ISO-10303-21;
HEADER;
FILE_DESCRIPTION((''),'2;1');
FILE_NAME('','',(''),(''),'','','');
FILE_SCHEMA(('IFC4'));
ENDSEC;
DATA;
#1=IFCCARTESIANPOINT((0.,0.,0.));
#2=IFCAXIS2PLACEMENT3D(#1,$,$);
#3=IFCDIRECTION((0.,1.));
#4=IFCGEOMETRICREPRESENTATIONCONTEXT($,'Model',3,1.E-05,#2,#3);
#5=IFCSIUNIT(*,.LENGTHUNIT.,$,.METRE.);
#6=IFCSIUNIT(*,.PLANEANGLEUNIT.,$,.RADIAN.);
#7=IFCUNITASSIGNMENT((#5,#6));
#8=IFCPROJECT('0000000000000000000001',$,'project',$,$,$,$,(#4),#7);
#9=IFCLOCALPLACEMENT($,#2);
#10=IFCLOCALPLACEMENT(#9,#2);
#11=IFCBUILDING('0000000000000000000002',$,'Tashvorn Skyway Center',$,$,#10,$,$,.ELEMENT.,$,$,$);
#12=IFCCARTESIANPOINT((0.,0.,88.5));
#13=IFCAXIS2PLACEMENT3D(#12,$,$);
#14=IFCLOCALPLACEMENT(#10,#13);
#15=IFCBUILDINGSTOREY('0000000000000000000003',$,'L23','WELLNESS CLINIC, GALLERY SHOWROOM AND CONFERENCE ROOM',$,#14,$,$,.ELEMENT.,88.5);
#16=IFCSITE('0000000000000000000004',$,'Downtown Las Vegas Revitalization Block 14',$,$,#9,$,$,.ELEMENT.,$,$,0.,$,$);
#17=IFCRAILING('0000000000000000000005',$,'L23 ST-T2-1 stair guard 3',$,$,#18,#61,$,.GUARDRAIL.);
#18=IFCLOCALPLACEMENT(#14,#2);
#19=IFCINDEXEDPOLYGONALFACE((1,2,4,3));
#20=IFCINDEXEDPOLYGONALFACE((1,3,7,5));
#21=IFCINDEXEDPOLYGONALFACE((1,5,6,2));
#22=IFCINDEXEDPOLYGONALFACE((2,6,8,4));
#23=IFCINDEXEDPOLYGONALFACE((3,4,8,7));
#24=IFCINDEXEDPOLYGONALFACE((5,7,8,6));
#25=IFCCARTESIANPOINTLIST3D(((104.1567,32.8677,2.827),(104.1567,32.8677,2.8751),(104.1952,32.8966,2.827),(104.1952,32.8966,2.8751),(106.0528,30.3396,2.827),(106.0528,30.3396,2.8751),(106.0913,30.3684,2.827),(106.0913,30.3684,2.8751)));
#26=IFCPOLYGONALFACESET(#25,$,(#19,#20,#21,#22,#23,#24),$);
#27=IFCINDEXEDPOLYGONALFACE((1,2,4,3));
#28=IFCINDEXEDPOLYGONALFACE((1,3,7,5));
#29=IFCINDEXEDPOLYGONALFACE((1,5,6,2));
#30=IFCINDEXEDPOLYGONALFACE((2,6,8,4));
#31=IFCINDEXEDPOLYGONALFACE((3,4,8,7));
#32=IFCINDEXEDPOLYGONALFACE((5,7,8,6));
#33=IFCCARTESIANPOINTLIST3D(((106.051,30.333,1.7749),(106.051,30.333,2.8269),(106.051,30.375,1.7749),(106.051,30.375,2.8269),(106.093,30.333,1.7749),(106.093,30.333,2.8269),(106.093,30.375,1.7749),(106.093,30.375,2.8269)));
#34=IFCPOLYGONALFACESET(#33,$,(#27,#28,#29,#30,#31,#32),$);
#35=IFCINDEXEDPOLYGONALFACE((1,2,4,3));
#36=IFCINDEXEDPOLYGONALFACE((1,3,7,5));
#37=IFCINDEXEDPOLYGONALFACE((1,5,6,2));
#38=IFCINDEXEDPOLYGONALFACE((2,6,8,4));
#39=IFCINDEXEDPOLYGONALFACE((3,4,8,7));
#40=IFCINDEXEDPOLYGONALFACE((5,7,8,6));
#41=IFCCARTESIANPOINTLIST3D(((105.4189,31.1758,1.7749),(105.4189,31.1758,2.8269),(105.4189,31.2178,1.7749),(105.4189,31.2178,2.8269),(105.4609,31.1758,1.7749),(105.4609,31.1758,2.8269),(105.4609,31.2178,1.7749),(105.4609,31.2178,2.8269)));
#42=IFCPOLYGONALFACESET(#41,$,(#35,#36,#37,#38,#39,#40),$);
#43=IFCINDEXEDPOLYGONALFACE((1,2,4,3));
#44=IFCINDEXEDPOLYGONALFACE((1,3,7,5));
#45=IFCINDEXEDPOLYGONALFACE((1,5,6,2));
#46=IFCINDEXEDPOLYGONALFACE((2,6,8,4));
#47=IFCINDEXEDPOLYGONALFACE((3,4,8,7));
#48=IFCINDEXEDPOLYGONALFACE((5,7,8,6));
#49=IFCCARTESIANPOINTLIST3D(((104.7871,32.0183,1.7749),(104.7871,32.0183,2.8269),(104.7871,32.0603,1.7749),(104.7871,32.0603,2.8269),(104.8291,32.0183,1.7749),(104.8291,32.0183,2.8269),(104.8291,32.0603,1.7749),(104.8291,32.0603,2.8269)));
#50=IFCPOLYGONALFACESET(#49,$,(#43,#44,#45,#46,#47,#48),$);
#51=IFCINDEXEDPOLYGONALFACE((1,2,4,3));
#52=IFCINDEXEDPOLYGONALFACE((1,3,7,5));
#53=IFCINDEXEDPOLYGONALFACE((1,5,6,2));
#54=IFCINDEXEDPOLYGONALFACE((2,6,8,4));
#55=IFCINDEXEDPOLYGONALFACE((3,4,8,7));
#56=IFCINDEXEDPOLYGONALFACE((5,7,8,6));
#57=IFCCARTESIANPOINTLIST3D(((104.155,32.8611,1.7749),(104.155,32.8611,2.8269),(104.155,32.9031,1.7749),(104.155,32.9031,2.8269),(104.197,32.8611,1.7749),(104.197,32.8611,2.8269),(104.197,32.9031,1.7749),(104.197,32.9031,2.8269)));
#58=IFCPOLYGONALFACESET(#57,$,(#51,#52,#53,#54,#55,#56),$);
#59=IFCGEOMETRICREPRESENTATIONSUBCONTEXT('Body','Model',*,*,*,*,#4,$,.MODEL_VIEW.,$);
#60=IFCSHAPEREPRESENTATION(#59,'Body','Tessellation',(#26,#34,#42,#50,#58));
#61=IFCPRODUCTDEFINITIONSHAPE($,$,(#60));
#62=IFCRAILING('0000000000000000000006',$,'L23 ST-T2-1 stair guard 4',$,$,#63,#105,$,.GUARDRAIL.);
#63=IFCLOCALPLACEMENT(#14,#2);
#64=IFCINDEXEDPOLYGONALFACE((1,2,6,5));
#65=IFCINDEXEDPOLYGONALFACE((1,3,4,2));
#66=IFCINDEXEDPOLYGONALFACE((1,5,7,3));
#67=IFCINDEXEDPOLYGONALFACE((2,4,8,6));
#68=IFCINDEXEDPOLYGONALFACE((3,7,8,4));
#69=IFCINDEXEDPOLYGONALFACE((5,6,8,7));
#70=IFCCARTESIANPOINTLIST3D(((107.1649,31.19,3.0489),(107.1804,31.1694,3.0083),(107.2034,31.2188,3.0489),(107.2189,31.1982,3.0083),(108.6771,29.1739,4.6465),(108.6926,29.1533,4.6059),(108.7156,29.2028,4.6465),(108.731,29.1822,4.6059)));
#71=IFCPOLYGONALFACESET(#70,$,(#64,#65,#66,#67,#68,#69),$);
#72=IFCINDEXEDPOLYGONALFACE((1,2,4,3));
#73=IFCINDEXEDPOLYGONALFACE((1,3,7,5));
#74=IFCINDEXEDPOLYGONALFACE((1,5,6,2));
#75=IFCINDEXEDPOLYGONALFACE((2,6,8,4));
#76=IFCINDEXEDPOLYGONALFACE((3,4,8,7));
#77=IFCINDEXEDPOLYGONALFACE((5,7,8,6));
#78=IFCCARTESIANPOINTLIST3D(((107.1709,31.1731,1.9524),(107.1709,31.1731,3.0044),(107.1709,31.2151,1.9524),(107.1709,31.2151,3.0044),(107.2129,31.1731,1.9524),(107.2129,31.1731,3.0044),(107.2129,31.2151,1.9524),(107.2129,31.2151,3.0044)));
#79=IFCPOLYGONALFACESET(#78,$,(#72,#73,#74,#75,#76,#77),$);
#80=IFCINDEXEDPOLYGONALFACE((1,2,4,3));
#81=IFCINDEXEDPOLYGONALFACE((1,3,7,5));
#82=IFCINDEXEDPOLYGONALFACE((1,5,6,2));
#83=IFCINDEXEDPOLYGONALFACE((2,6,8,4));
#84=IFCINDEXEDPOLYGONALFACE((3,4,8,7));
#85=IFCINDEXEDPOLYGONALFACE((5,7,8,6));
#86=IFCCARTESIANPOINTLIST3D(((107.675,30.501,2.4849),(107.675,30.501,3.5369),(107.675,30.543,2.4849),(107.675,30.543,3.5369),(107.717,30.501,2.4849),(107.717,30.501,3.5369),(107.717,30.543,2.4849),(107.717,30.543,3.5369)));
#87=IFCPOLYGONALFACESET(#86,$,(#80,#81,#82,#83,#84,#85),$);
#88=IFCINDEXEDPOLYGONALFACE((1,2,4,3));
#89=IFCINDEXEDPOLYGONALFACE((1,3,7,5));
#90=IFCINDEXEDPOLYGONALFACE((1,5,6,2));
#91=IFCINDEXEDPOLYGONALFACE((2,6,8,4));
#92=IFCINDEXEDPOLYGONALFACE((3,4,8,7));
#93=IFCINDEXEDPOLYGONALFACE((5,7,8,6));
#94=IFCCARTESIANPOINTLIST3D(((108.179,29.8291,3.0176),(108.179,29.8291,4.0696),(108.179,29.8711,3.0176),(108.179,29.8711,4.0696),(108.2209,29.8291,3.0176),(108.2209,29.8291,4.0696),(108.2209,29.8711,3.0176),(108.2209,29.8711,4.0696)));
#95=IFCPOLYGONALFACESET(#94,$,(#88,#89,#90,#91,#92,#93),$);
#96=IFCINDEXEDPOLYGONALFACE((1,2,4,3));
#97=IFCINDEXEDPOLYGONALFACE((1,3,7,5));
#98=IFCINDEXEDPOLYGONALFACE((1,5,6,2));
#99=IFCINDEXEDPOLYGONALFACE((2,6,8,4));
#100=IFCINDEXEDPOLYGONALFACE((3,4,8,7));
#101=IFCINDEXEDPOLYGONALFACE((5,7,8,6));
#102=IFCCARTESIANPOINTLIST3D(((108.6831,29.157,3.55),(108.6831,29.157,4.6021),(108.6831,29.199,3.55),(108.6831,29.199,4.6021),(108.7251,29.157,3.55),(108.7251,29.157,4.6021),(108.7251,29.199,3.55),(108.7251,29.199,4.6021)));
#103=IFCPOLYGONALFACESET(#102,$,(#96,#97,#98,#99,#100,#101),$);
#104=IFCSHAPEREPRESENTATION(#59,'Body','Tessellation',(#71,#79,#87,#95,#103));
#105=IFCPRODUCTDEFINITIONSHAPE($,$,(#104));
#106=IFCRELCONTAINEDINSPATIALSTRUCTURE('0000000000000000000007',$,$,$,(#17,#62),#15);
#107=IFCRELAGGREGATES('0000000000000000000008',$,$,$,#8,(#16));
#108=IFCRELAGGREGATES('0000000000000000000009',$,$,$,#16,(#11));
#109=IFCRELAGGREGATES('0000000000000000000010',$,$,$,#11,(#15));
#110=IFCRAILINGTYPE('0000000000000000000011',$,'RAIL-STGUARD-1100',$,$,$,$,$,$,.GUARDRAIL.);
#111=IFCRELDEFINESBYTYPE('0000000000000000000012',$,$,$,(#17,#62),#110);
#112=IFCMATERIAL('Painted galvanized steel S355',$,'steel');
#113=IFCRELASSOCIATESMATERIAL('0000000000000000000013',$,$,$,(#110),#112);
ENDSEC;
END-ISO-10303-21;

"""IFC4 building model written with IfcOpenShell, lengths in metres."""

from ifc_helpers import new_model, si_unit, direction, frame, origin, origin_2d, place, context, subcontext, project, spatial, rectangle, extrude, material, type_object, element, save


model = new_model("IFC4")

# Units and contexts
model_context = context("Model", 3, precision=1e-05, world=origin(), true_north=direction((0.0, 1.0)))
body_context = subcontext(model_context, "Body", "Model", "MODEL_VIEW")
ifc_project = project(units=[si_unit("LENGTHUNIT", "METRE"), si_unit("PLANEANGLEUNIT", "RADIAN")], contexts=[model_context])

# Site, building, storey
site_placement = place(None, origin())
site = spatial("IfcSite", under=ifc_project, at=site_placement, Name="Downtown Las Vegas Revitalization Block 14", CompositionType="ELEMENT", RefElevation=0.0)
building_placement = place(site_placement, origin())
building = spatial("IfcBuilding", under=site, at=building_placement, Name="Tashvorn Skyway Center", CompositionType="ELEMENT")
storey_placement = place(building_placement, frame((0.0, 0.0, 88.5)))
storey = spatial("IfcBuildingStorey", under=building, at=storey_placement, Name="L23", Description="WELLNESS CLINIC, GALLERY SHOWROOM AND CONFERENCE ROOM", CompositionType="ELEMENT", Elevation=88.5)

# Railings
ifc_material_1 = material(Name="Painted galvanized steel S355", Category="steel")
railing_type_1 = type_object("IfcRailingType", Name="RAIL-STGUARD-1100", PredefinedType="GUARDRAIL", material=ifc_material_1)
railing_1_placement = place(storey_placement, frame((106.072, 30.354, 1.7749)))
element("IfcRailing", 1, at=railing_1_placement, inside=storey, type_object=railing_type_1, Name="L23 ST-T2-1 stair guard 3", PredefinedType="GUARDRAIL", context=body_context, shape_type="SweptSolid", body=[
    extrude(rectangle(XDim=0.0481, YDim=0.0481, at=origin_2d()), frame((0.0, 0.0, 1.0762), z_axis=(-0.599988, 0.800009, 0.0), x_axis=(-0.800009, -0.599988, 0.0)), (0.0, 0.0, 1.0), 3.1602),
    extrude(rectangle(XDim=0.042, YDim=0.042, at=origin_2d()), origin(), (0.0, 0.0, 1.0), 1.052),
    extrude(rectangle(XDim=0.042, YDim=0.042, at=origin_2d()), frame((-0.6321, 0.8428, 0.0)), (0.0, 0.0, 1.0), 1.052),
    extrude(rectangle(XDim=0.042, YDim=0.042, at=origin_2d()), frame((-1.2639, 1.6853, 0.0)), (0.0, 0.0, 1.0), 1.052),
    extrude(rectangle(XDim=0.042, YDim=0.042, at=origin_2d()), frame((-1.896, 2.5281, 0.0)), (0.0, 0.0, 1.0), 1.052),
])
railing_2_placement = place(storey_placement, frame((107.1919, 31.1941, 1.9524)))
element("IfcRailing", 2, at=railing_2_placement, inside=storey, type_object=railing_type_1, Name="L23 ST-T2-1 stair guard 4", PredefinedType="GUARDRAIL", context=body_context, shape_type="SweptSolid", body=[
    extrude(rectangle(XDim=0.0481, YDim=0.0481, at=origin_2d()), frame((0.0, 0.0, 1.0762), z_axis=(0.506779, -0.675651, 0.535416), x_axis=(0.799977, 0.600031, 0.0)), (0.0, 0.0, 1.0), 2.9839),
    extrude(rectangle(XDim=0.042, YDim=0.042, at=origin_2d()), origin(), (0.0, 0.0, 1.0), 1.052),
    extrude(rectangle(XDim=0.042, YDim=0.042, at=origin_2d()), frame((0.5042, -0.6721, 0.5325)), (0.0, 0.0, 1.0), 1.052),
    extrude(rectangle(XDim=0.042, YDim=0.042, at=origin_2d()), frame((1.0081, -1.344, 1.0652)), (0.0, 0.0, 1.0), 1.052),
    extrude(rectangle(XDim=0.042, YDim=0.042, at=origin_2d()), frame((1.5122, -2.0161, 1.5977)), (0.0, 0.0, 1.0), 1.052),
])

save(model, "model.ifc")
